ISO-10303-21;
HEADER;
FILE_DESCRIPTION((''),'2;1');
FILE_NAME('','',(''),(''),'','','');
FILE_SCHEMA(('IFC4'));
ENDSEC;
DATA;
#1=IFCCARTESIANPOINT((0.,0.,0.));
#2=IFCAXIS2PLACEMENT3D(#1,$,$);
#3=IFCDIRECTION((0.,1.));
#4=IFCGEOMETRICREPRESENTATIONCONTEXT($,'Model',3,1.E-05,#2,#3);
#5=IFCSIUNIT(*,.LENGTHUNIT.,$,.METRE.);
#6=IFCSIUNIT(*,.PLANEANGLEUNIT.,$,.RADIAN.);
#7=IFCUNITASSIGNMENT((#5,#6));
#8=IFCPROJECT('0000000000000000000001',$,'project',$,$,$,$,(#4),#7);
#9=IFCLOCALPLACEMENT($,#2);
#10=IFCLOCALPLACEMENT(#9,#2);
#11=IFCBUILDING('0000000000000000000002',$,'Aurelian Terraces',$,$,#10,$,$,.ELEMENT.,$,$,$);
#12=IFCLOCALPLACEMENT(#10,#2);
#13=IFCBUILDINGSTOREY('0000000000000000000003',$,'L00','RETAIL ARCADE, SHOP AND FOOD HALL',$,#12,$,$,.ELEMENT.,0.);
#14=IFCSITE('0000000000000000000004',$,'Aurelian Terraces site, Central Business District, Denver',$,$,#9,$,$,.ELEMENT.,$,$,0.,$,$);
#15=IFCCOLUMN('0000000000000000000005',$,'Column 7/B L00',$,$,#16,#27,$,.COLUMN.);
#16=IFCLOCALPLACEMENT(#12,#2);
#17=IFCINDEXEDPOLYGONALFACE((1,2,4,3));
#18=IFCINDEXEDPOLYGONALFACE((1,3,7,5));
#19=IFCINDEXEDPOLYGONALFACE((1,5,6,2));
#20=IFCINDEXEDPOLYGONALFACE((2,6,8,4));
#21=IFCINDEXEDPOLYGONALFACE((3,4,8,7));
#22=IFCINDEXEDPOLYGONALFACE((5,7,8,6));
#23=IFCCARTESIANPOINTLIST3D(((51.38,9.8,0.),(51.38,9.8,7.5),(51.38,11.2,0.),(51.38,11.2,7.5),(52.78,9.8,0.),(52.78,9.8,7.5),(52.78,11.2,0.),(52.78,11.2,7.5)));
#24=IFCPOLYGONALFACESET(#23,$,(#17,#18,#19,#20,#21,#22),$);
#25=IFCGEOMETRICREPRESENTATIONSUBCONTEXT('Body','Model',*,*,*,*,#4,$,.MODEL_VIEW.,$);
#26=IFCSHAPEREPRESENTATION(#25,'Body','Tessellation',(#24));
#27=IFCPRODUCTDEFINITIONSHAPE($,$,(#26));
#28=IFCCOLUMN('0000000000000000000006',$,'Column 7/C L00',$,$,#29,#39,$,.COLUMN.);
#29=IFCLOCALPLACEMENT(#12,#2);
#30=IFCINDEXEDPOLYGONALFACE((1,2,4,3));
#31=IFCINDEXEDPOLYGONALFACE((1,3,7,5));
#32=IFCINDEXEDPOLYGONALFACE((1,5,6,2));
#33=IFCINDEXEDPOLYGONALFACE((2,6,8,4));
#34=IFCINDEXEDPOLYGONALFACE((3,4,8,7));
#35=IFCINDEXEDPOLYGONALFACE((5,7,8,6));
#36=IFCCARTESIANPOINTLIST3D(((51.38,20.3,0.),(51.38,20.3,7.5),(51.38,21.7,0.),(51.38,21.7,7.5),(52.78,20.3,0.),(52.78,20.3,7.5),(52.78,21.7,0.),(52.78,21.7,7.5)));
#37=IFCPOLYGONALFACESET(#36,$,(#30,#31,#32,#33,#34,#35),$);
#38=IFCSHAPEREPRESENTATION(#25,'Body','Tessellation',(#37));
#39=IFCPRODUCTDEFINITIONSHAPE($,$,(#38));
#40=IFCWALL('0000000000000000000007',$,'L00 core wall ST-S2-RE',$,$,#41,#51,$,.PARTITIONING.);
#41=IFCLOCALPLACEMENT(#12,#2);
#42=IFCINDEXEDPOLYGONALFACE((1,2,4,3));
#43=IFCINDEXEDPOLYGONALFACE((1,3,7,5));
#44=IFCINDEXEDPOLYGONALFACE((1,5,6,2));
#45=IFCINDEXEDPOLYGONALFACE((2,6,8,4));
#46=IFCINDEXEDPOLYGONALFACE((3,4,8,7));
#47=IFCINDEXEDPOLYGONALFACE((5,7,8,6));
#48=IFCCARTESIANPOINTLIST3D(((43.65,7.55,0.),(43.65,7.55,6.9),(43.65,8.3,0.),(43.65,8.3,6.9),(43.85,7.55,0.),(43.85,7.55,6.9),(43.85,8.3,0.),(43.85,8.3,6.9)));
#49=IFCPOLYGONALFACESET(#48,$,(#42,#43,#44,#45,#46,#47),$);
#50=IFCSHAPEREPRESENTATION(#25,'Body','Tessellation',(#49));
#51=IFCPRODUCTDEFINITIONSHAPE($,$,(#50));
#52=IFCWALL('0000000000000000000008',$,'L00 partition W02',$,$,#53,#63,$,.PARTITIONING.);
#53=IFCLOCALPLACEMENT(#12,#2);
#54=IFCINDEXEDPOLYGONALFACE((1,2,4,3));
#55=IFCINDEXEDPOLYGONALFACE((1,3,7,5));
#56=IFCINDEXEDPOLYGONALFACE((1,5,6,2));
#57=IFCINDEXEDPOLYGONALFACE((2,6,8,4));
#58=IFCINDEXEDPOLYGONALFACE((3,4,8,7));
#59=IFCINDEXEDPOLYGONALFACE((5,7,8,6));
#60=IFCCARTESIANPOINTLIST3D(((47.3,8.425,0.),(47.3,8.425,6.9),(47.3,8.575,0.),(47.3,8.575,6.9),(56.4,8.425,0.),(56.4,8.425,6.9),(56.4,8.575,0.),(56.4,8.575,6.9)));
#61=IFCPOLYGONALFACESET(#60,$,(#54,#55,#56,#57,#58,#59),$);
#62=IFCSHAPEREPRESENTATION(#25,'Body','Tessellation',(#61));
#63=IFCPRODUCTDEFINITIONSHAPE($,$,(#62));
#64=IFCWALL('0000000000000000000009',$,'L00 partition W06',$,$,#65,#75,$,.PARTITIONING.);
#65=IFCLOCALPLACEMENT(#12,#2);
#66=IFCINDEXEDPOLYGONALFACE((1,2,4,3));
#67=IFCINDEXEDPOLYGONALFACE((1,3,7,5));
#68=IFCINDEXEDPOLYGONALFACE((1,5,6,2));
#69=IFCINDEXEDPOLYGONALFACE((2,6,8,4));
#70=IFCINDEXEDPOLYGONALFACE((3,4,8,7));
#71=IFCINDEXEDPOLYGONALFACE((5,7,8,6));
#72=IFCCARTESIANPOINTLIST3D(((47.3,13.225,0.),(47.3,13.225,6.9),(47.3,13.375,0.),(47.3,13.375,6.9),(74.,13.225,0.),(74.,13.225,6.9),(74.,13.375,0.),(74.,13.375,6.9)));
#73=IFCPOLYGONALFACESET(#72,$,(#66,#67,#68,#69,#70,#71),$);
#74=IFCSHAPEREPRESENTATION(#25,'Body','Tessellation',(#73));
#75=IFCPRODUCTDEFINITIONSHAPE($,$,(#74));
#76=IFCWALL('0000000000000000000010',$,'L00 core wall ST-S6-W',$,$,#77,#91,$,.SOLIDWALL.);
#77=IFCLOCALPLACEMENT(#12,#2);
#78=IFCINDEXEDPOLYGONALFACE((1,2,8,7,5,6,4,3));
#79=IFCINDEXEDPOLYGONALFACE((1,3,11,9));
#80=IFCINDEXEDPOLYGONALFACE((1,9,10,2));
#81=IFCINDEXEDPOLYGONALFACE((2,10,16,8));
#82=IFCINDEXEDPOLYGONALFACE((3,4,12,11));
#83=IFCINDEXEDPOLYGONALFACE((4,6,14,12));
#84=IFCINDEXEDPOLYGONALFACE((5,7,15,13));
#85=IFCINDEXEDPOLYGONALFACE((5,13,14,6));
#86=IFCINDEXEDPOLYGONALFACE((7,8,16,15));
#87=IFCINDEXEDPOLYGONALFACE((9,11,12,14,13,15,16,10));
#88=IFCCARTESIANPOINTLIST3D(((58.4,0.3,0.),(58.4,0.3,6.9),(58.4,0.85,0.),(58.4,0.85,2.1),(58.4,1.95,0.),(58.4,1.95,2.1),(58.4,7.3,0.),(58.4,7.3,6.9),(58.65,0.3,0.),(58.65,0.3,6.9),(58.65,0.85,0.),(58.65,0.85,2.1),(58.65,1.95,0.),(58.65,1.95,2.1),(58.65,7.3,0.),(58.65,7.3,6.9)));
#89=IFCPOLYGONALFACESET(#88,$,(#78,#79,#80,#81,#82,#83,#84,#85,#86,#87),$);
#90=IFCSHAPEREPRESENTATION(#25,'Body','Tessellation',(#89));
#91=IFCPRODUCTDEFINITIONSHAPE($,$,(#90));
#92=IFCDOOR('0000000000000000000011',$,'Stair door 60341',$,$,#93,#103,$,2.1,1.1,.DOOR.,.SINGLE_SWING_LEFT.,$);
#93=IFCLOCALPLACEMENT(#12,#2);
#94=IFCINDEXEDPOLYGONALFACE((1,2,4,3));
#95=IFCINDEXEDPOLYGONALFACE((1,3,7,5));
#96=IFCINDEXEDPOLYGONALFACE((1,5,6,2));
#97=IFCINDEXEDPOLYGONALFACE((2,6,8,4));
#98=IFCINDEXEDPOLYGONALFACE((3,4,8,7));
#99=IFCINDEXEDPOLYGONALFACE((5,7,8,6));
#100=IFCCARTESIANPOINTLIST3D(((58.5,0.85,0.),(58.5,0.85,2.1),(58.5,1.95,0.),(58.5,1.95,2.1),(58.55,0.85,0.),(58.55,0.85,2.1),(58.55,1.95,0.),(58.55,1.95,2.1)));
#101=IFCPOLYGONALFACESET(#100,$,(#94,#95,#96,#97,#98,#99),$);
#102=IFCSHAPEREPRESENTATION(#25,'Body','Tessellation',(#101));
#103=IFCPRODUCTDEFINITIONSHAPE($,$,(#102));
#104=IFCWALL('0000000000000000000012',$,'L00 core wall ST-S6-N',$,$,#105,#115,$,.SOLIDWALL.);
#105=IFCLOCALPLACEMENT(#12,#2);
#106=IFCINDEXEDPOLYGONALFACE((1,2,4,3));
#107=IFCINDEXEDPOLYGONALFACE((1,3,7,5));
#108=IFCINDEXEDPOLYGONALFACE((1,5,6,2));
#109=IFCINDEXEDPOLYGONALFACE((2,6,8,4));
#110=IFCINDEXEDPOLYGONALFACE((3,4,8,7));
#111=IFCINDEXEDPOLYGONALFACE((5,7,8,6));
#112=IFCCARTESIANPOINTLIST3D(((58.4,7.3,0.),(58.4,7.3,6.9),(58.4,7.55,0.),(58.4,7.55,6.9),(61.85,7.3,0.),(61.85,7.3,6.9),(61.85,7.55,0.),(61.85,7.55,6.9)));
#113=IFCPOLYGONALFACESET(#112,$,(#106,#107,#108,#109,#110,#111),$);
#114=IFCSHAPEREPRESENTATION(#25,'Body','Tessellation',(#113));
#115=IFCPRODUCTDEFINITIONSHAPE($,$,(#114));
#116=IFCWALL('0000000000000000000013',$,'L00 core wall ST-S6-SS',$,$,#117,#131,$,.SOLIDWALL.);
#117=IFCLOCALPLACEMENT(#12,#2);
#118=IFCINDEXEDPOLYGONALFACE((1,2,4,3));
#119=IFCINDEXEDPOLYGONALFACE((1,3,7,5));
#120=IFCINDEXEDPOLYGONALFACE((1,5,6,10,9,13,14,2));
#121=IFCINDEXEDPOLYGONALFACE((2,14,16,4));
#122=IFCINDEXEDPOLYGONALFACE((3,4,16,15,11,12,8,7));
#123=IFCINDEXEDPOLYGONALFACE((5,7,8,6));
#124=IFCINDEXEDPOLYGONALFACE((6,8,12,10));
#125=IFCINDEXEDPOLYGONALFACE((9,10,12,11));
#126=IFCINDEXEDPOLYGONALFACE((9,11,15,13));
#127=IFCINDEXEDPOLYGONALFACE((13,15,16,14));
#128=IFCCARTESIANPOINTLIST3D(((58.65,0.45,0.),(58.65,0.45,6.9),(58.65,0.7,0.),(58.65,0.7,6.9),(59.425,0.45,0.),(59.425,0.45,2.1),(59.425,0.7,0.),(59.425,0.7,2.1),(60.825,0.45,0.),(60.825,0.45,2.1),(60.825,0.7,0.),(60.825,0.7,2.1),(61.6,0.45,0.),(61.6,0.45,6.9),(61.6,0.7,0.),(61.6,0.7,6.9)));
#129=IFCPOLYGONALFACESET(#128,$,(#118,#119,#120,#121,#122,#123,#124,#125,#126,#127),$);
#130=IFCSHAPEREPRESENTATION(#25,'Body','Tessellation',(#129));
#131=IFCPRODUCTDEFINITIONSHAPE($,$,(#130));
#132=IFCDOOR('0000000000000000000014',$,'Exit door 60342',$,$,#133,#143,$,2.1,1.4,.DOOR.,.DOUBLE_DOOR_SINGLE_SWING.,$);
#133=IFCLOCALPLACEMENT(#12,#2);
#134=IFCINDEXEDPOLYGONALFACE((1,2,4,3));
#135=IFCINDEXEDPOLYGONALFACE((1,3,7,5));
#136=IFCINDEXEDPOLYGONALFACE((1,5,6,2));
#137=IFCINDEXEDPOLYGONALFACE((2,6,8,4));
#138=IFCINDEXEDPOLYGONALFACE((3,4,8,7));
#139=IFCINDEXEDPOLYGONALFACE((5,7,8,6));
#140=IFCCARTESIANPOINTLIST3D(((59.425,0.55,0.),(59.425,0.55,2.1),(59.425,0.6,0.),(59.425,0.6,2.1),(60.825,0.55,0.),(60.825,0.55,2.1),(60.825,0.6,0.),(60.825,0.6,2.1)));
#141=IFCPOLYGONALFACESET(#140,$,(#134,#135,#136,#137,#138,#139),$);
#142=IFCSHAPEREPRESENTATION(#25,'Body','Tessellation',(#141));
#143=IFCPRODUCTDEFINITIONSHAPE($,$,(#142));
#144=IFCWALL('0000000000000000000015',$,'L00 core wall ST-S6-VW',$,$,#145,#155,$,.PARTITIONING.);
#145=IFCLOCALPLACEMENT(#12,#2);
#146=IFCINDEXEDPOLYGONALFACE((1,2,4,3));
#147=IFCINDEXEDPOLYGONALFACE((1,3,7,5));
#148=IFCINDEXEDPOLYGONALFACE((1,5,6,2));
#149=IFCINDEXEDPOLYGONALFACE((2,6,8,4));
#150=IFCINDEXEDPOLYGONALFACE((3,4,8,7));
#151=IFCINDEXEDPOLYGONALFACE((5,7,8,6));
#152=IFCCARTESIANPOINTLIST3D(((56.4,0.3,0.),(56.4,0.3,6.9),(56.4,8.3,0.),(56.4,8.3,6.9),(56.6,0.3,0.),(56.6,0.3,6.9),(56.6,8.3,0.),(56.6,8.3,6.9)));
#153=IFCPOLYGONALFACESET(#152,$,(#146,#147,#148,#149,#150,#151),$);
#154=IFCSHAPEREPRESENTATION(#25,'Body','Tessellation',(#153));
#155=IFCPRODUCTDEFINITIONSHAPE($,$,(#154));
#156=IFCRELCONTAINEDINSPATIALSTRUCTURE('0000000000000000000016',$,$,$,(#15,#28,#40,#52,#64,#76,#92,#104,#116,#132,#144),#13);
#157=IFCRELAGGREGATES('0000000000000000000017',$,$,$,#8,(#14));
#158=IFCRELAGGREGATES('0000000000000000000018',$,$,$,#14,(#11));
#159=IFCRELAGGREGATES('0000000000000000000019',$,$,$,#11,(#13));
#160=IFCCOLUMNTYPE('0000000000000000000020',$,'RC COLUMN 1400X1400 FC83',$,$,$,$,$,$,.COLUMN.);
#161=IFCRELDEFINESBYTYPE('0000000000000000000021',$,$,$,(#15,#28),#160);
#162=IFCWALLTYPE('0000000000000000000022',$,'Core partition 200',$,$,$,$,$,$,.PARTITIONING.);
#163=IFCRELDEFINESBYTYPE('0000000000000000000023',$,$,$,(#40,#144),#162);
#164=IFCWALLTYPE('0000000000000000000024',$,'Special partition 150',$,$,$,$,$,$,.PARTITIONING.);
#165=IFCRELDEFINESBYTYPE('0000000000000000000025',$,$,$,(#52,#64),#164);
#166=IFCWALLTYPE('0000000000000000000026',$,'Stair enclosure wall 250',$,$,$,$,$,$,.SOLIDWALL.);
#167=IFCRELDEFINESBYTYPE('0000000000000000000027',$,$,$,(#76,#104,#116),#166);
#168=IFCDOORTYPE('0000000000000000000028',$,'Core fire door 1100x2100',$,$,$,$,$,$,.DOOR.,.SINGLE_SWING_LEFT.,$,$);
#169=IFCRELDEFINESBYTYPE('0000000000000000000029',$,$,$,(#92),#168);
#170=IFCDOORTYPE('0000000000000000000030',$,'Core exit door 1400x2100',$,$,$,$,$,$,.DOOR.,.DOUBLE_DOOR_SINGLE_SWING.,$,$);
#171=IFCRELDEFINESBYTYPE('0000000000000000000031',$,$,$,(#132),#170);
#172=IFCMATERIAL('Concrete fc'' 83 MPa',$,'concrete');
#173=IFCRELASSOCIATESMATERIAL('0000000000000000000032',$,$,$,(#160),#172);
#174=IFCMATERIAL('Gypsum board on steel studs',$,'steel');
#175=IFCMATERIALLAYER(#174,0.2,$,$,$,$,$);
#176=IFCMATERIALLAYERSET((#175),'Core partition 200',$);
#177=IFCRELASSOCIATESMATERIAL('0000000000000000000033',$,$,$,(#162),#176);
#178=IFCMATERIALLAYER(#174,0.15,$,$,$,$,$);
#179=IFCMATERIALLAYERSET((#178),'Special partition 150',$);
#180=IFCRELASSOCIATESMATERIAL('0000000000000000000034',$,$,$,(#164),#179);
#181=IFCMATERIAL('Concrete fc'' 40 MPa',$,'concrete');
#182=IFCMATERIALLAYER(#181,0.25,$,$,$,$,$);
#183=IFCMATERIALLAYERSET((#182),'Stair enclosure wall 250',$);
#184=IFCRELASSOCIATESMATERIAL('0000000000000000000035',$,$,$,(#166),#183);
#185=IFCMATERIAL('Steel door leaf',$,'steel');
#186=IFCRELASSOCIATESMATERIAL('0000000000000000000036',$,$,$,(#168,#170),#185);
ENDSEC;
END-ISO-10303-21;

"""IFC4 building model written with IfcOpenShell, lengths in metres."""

from ifc_helpers import new_model, si_unit, direction, frame, frame_2d, origin, origin_2d, place, context, subcontext, project, spatial, rectangle, extrude, source, transform, mapped, material, layer, layer_set, material_profile, profile_set, type_object, element, fill, save


model = new_model("IFC4")

# Units and contexts
model_context = context("Model", 3, precision=1e-05, world=origin(), true_north=direction((0.0, 1.0)))
body_context = subcontext(model_context, "Body", "Model", "MODEL_VIEW")
ifc_project = project(units=[si_unit("LENGTHUNIT", "METRE"), si_unit("PLANEANGLEUNIT", "RADIAN")], contexts=[model_context])

# Site, building, storey
site_placement = place(None, origin())
site = spatial("IfcSite", under=ifc_project, at=site_placement, Name="Aurelian Terraces site, Central Business District, Denver", CompositionType="ELEMENT", RefElevation=0.0)
building_placement = place(site_placement, origin())
building = spatial("IfcBuilding", under=site, at=building_placement, Name="Aurelian Terraces", CompositionType="ELEMENT")
storey_placement = place(building_placement, origin())
storey = spatial("IfcBuildingStorey", under=building, at=storey_placement, Name="L00", Description="RETAIL ARCADE, SHOP AND FOOD HALL", CompositionType="ELEMENT", Elevation=0.0)

# Columns
ifc_material_1 = material(Name="Concrete fc' 83 MPa", Category="concrete")
ifc_material_profile = material_profile(ifc_material_1, rectangle(XDim=1.4, YDim=1.4, at=origin_2d()))
ifc_profile_set = profile_set([ifc_material_profile], Name="Concrete fc' 83 MPa")
column_type = type_object("IfcColumnType", Name="RC COLUMN 1400X1400 FC83", PredefinedType="COLUMN", material=ifc_profile_set)
shared_shape_1 = source(origin(), body_context, "Body", "SweptSolid", [
    extrude(rectangle(XDim=1.4, YDim=1.4, at=origin_2d()), origin(), (0.0, 0.0, 1.0), 7.5),
])
for number, where, z_axis, x_axis, name in (
    (1, (52.08, 10.5, 0.0), (0.0, 0.0, 1.0), (1.0, 0.0, 0.0), "Column 7/B L00"),
    (2, (52.08, 21.0, 0.0), (0.0, 0.0, 1.0), (1.0, 0.0, 0.0), "Column 7/C L00"),
):
    element("IfcColumn", number, at=place(storey_placement, frame(where, z_axis=z_axis, x_axis=x_axis)), inside=storey, type_object=column_type, Name=name, PredefinedType="COLUMN", context=body_context, shape_type="MappedRepresentation", body=[
        mapped(shared_shape_1, transform((0.0, 0.0, 0.0), scale=1.0)),
    ])

# Walls
ifc_material_2 = material(Name="Gypsum board on steel studs", Category="steel")
ifc_layer_1 = layer(ifc_material_2, 0.2)
ifc_layer_set_1 = layer_set([ifc_layer_1], Name="Core partition 200")
wall_type_1 = type_object("IfcWallType", Name="Core partition 200", PredefinedType="PARTITIONING", material=ifc_layer_set_1)
wall_1_placement = place(storey_placement, frame((43.75, 7.55, 0.0), z_axis=(0.0, 0.0, 1.0), x_axis=(0.0, 1.0, 0.0)))
element("IfcWall", 3, at=wall_1_placement, inside=storey, type_object=wall_type_1, Name="L00 core wall ST-S2-RE", PredefinedType="PARTITIONING", context=body_context, shape_type="SweptSolid", body=[
    extrude(rectangle(XDim=0.75, YDim=0.2, at=frame_2d((0.375, 0.0))), origin(), (0.0, 0.0, 1.0), 6.9),
])
ifc_layer_2 = layer(ifc_material_2, 0.15)
ifc_layer_set_2 = layer_set([ifc_layer_2], Name="Special partition 150")
wall_type_2 = type_object("IfcWallType", Name="Special partition 150", PredefinedType="PARTITIONING", material=ifc_layer_set_2)
wall_2_placement = place(storey_placement, frame((47.3, 8.5, 0.0), z_axis=(0.0, 0.0, 1.0), x_axis=(1.0, 0.0, 0.0)))
element("IfcWall", 4, at=wall_2_placement, inside=storey, type_object=wall_type_2, Name="L00 partition W02", PredefinedType="PARTITIONING", context=body_context, shape_type="SweptSolid", body=[
    extrude(rectangle(XDim=9.1, YDim=0.15, at=frame_2d((4.55, 0.0))), origin(), (0.0, 0.0, 1.0), 6.9),
])
wall_3_placement = place(storey_placement, frame((47.3, 13.3, 0.0), z_axis=(0.0, 0.0, 1.0), x_axis=(1.0, 0.0, 0.0)))
element("IfcWall", 5, at=wall_3_placement, inside=storey, type_object=wall_type_2, Name="L00 partition W06", PredefinedType="PARTITIONING", context=body_context, shape_type="SweptSolid", body=[
    extrude(rectangle(XDim=26.7, YDim=0.15, at=frame_2d((13.35, 0.0))), origin(), (0.0, 0.0, 1.0), 6.9),
])

# Wall, opening, door
ifc_material_3 = material(Name="Concrete fc' 40 MPa", Category="concrete")
ifc_layer_3 = layer(ifc_material_3, 0.25)
ifc_layer_set_3 = layer_set([ifc_layer_3], Name="Stair enclosure wall 250")
wall_type_3 = type_object("IfcWallType", Name="Stair enclosure wall 250", PredefinedType="SOLIDWALL", material=ifc_layer_set_3)
shared_shape_2 = source(origin(), body_context, "Body", "SweptSolid", [
    extrude(rectangle(XDim=7.0, YDim=0.25, at=frame_2d((3.5, 0.0))), origin(), (0.0, 0.0, 1.0), 6.9),
])
wall_4_placement = place(storey_placement, frame((58.525, 0.3, 0.0), z_axis=(0.0, 0.0, 1.0), x_axis=(0.0, 1.0, 0.0)))
wall_4 = element("IfcWall", 6, at=wall_4_placement, inside=storey, type_object=wall_type_3, Name="L00 core wall ST-S6-W", PredefinedType="SOLIDWALL", context=body_context, shape_type="MappedRepresentation", body=[
    mapped(shared_shape_2, transform((0.0, 0.0, 0.0), scale=1.0)),
])
shared_shape_3 = source(origin(), body_context, "Body", "SweptSolid", [
    extrude(rectangle(XDim=1.1, YDim=2.1, at=frame_2d((0.55, 1.05))), frame((0.0, 0.135, 0.0), z_axis=(0.0, -1.0, 0.0), x_axis=(1.0, 0.0, 0.0)), (0.0, 0.0, 1.0), 0.27),
])
opening_1_placement = place(wall_4_placement, frame((0.55, 0.0, 0.0)))
opening_1 = element("IfcOpeningElement", 7, at=opening_1_placement, cuts=wall_4, PredefinedType="OPENING", context=body_context, shape_type="MappedRepresentation", body=[
    mapped(shared_shape_3, transform((0.0, 0.0, 0.0), scale=1.0)),
])
ifc_material_4 = material(Name="Steel door leaf", Category="steel")
door_type_1 = type_object("IfcDoorType", Name="Core fire door 1100x2100", OperationType="SINGLE_SWING_LEFT", PredefinedType="DOOR", material=ifc_material_4)
shared_shape_4 = source(origin(), body_context, "Body", "SweptSolid", [
    extrude(rectangle(XDim=1.1, YDim=2.1, at=frame_2d((0.55, 1.05))), frame((0.0, 0.025, 0.0), z_axis=(0.0, -1.0, 0.0), x_axis=(1.0, 0.0, 0.0)), (0.0, 0.0, 1.0), 0.05),
])
door_1_placement = place(opening_1_placement, origin())
door_1 = element("IfcDoor", 8, at=door_1_placement, inside=storey, type_object=door_type_1, Name="Stair door 60341", OperationType="SINGLE_SWING_LEFT", OverallHeight=2.1, OverallWidth=1.1, PredefinedType="DOOR", context=body_context, shape_type="MappedRepresentation", body=[
    mapped(shared_shape_4, transform((0.0, 0.0, 0.0), scale=1.0)),
])
fill(opening_1, door_1)

# Wall
shared_shape_5 = source(origin(), body_context, "Body", "SweptSolid", [
    extrude(rectangle(XDim=3.45, YDim=0.25, at=frame_2d((1.725, 0.0))), origin(), (0.0, 0.0, 1.0), 6.9),
])
wall_5_placement = place(storey_placement, frame((58.4, 7.425, 0.0), z_axis=(0.0, 0.0, 1.0), x_axis=(1.0, 0.0, 0.0)))
element("IfcWall", 9, at=wall_5_placement, inside=storey, type_object=wall_type_3, Name="L00 core wall ST-S6-N", PredefinedType="SOLIDWALL", context=body_context, shape_type="MappedRepresentation", body=[
    mapped(shared_shape_5, transform((0.0, 0.0, 0.0), scale=1.0)),
])

# Wall, opening, door
shared_shape_6 = source(origin(), body_context, "Body", "SweptSolid", [
    extrude(rectangle(XDim=2.95, YDim=0.25, at=frame_2d((1.475, 0.0))), origin(), (0.0, 0.0, 1.0), 6.9),
])
wall_6_placement = place(storey_placement, frame((58.65, 0.575, 0.0), z_axis=(0.0, 0.0, 1.0), x_axis=(1.0, 0.0, 0.0)))
wall_6 = element("IfcWall", 10, at=wall_6_placement, inside=storey, type_object=wall_type_3, Name="L00 core wall ST-S6-SS", PredefinedType="SOLIDWALL", context=body_context, shape_type="MappedRepresentation", body=[
    mapped(shared_shape_6, transform((0.0, 0.0, 0.0), scale=1.0)),
])
shared_shape_7 = source(origin(), body_context, "Body", "SweptSolid", [
    extrude(rectangle(XDim=1.4, YDim=2.1, at=frame_2d((0.7, 1.05))), frame((0.0, 0.135, 0.0), z_axis=(0.0, -1.0, 0.0), x_axis=(1.0, 0.0, 0.0)), (0.0, 0.0, 1.0), 0.27),
])
opening_2_placement = place(wall_6_placement, frame((0.775, 0.0, 0.0)))
opening_2 = element("IfcOpeningElement", 11, at=opening_2_placement, cuts=wall_6, PredefinedType="OPENING", context=body_context, shape_type="MappedRepresentation", body=[
    mapped(shared_shape_7, transform((0.0, 0.0, 0.0), scale=1.0)),
])
door_type_2 = type_object("IfcDoorType", Name="Core exit door 1400x2100", OperationType="DOUBLE_DOOR_SINGLE_SWING", PredefinedType="DOOR", material=ifc_material_4)
shared_shape_8 = source(origin(), body_context, "Body", "SweptSolid", [
    extrude(rectangle(XDim=1.4, YDim=2.1, at=frame_2d((0.7, 1.05))), frame((0.0, 0.025, 0.0), z_axis=(0.0, -1.0, 0.0), x_axis=(1.0, 0.0, 0.0)), (0.0, 0.0, 1.0), 0.05),
])
door_2_placement = place(opening_2_placement, origin())
door_2 = element("IfcDoor", 12, at=door_2_placement, inside=storey, type_object=door_type_2, Name="Exit door 60342", OperationType="DOUBLE_DOOR_SINGLE_SWING", OverallHeight=2.1, OverallWidth=1.4, PredefinedType="DOOR", context=body_context, shape_type="MappedRepresentation", body=[
    mapped(shared_shape_8, transform((0.0, 0.0, 0.0), scale=1.0)),
])
fill(opening_2, door_2)

# Wall
shared_shape_9 = source(origin(), body_context, "Body", "SweptSolid", [
    extrude(rectangle(XDim=8.0, YDim=0.2, at=frame_2d((4.0, 0.0))), origin(), (0.0, 0.0, 1.0), 6.9),
])
wall_7_placement = place(storey_placement, frame((56.5, 0.3, 0.0), z_axis=(0.0, 0.0, 1.0), x_axis=(0.0, 1.0, 0.0)))
element("IfcWall", 13, at=wall_7_placement, inside=storey, type_object=wall_type_1, Name="L00 core wall ST-S6-VW", PredefinedType="PARTITIONING", context=body_context, shape_type="MappedRepresentation", body=[
    mapped(shared_shape_9, transform((0.0, 0.0, 0.0), scale=1.0)),
])

save(model, "model.ifc")
